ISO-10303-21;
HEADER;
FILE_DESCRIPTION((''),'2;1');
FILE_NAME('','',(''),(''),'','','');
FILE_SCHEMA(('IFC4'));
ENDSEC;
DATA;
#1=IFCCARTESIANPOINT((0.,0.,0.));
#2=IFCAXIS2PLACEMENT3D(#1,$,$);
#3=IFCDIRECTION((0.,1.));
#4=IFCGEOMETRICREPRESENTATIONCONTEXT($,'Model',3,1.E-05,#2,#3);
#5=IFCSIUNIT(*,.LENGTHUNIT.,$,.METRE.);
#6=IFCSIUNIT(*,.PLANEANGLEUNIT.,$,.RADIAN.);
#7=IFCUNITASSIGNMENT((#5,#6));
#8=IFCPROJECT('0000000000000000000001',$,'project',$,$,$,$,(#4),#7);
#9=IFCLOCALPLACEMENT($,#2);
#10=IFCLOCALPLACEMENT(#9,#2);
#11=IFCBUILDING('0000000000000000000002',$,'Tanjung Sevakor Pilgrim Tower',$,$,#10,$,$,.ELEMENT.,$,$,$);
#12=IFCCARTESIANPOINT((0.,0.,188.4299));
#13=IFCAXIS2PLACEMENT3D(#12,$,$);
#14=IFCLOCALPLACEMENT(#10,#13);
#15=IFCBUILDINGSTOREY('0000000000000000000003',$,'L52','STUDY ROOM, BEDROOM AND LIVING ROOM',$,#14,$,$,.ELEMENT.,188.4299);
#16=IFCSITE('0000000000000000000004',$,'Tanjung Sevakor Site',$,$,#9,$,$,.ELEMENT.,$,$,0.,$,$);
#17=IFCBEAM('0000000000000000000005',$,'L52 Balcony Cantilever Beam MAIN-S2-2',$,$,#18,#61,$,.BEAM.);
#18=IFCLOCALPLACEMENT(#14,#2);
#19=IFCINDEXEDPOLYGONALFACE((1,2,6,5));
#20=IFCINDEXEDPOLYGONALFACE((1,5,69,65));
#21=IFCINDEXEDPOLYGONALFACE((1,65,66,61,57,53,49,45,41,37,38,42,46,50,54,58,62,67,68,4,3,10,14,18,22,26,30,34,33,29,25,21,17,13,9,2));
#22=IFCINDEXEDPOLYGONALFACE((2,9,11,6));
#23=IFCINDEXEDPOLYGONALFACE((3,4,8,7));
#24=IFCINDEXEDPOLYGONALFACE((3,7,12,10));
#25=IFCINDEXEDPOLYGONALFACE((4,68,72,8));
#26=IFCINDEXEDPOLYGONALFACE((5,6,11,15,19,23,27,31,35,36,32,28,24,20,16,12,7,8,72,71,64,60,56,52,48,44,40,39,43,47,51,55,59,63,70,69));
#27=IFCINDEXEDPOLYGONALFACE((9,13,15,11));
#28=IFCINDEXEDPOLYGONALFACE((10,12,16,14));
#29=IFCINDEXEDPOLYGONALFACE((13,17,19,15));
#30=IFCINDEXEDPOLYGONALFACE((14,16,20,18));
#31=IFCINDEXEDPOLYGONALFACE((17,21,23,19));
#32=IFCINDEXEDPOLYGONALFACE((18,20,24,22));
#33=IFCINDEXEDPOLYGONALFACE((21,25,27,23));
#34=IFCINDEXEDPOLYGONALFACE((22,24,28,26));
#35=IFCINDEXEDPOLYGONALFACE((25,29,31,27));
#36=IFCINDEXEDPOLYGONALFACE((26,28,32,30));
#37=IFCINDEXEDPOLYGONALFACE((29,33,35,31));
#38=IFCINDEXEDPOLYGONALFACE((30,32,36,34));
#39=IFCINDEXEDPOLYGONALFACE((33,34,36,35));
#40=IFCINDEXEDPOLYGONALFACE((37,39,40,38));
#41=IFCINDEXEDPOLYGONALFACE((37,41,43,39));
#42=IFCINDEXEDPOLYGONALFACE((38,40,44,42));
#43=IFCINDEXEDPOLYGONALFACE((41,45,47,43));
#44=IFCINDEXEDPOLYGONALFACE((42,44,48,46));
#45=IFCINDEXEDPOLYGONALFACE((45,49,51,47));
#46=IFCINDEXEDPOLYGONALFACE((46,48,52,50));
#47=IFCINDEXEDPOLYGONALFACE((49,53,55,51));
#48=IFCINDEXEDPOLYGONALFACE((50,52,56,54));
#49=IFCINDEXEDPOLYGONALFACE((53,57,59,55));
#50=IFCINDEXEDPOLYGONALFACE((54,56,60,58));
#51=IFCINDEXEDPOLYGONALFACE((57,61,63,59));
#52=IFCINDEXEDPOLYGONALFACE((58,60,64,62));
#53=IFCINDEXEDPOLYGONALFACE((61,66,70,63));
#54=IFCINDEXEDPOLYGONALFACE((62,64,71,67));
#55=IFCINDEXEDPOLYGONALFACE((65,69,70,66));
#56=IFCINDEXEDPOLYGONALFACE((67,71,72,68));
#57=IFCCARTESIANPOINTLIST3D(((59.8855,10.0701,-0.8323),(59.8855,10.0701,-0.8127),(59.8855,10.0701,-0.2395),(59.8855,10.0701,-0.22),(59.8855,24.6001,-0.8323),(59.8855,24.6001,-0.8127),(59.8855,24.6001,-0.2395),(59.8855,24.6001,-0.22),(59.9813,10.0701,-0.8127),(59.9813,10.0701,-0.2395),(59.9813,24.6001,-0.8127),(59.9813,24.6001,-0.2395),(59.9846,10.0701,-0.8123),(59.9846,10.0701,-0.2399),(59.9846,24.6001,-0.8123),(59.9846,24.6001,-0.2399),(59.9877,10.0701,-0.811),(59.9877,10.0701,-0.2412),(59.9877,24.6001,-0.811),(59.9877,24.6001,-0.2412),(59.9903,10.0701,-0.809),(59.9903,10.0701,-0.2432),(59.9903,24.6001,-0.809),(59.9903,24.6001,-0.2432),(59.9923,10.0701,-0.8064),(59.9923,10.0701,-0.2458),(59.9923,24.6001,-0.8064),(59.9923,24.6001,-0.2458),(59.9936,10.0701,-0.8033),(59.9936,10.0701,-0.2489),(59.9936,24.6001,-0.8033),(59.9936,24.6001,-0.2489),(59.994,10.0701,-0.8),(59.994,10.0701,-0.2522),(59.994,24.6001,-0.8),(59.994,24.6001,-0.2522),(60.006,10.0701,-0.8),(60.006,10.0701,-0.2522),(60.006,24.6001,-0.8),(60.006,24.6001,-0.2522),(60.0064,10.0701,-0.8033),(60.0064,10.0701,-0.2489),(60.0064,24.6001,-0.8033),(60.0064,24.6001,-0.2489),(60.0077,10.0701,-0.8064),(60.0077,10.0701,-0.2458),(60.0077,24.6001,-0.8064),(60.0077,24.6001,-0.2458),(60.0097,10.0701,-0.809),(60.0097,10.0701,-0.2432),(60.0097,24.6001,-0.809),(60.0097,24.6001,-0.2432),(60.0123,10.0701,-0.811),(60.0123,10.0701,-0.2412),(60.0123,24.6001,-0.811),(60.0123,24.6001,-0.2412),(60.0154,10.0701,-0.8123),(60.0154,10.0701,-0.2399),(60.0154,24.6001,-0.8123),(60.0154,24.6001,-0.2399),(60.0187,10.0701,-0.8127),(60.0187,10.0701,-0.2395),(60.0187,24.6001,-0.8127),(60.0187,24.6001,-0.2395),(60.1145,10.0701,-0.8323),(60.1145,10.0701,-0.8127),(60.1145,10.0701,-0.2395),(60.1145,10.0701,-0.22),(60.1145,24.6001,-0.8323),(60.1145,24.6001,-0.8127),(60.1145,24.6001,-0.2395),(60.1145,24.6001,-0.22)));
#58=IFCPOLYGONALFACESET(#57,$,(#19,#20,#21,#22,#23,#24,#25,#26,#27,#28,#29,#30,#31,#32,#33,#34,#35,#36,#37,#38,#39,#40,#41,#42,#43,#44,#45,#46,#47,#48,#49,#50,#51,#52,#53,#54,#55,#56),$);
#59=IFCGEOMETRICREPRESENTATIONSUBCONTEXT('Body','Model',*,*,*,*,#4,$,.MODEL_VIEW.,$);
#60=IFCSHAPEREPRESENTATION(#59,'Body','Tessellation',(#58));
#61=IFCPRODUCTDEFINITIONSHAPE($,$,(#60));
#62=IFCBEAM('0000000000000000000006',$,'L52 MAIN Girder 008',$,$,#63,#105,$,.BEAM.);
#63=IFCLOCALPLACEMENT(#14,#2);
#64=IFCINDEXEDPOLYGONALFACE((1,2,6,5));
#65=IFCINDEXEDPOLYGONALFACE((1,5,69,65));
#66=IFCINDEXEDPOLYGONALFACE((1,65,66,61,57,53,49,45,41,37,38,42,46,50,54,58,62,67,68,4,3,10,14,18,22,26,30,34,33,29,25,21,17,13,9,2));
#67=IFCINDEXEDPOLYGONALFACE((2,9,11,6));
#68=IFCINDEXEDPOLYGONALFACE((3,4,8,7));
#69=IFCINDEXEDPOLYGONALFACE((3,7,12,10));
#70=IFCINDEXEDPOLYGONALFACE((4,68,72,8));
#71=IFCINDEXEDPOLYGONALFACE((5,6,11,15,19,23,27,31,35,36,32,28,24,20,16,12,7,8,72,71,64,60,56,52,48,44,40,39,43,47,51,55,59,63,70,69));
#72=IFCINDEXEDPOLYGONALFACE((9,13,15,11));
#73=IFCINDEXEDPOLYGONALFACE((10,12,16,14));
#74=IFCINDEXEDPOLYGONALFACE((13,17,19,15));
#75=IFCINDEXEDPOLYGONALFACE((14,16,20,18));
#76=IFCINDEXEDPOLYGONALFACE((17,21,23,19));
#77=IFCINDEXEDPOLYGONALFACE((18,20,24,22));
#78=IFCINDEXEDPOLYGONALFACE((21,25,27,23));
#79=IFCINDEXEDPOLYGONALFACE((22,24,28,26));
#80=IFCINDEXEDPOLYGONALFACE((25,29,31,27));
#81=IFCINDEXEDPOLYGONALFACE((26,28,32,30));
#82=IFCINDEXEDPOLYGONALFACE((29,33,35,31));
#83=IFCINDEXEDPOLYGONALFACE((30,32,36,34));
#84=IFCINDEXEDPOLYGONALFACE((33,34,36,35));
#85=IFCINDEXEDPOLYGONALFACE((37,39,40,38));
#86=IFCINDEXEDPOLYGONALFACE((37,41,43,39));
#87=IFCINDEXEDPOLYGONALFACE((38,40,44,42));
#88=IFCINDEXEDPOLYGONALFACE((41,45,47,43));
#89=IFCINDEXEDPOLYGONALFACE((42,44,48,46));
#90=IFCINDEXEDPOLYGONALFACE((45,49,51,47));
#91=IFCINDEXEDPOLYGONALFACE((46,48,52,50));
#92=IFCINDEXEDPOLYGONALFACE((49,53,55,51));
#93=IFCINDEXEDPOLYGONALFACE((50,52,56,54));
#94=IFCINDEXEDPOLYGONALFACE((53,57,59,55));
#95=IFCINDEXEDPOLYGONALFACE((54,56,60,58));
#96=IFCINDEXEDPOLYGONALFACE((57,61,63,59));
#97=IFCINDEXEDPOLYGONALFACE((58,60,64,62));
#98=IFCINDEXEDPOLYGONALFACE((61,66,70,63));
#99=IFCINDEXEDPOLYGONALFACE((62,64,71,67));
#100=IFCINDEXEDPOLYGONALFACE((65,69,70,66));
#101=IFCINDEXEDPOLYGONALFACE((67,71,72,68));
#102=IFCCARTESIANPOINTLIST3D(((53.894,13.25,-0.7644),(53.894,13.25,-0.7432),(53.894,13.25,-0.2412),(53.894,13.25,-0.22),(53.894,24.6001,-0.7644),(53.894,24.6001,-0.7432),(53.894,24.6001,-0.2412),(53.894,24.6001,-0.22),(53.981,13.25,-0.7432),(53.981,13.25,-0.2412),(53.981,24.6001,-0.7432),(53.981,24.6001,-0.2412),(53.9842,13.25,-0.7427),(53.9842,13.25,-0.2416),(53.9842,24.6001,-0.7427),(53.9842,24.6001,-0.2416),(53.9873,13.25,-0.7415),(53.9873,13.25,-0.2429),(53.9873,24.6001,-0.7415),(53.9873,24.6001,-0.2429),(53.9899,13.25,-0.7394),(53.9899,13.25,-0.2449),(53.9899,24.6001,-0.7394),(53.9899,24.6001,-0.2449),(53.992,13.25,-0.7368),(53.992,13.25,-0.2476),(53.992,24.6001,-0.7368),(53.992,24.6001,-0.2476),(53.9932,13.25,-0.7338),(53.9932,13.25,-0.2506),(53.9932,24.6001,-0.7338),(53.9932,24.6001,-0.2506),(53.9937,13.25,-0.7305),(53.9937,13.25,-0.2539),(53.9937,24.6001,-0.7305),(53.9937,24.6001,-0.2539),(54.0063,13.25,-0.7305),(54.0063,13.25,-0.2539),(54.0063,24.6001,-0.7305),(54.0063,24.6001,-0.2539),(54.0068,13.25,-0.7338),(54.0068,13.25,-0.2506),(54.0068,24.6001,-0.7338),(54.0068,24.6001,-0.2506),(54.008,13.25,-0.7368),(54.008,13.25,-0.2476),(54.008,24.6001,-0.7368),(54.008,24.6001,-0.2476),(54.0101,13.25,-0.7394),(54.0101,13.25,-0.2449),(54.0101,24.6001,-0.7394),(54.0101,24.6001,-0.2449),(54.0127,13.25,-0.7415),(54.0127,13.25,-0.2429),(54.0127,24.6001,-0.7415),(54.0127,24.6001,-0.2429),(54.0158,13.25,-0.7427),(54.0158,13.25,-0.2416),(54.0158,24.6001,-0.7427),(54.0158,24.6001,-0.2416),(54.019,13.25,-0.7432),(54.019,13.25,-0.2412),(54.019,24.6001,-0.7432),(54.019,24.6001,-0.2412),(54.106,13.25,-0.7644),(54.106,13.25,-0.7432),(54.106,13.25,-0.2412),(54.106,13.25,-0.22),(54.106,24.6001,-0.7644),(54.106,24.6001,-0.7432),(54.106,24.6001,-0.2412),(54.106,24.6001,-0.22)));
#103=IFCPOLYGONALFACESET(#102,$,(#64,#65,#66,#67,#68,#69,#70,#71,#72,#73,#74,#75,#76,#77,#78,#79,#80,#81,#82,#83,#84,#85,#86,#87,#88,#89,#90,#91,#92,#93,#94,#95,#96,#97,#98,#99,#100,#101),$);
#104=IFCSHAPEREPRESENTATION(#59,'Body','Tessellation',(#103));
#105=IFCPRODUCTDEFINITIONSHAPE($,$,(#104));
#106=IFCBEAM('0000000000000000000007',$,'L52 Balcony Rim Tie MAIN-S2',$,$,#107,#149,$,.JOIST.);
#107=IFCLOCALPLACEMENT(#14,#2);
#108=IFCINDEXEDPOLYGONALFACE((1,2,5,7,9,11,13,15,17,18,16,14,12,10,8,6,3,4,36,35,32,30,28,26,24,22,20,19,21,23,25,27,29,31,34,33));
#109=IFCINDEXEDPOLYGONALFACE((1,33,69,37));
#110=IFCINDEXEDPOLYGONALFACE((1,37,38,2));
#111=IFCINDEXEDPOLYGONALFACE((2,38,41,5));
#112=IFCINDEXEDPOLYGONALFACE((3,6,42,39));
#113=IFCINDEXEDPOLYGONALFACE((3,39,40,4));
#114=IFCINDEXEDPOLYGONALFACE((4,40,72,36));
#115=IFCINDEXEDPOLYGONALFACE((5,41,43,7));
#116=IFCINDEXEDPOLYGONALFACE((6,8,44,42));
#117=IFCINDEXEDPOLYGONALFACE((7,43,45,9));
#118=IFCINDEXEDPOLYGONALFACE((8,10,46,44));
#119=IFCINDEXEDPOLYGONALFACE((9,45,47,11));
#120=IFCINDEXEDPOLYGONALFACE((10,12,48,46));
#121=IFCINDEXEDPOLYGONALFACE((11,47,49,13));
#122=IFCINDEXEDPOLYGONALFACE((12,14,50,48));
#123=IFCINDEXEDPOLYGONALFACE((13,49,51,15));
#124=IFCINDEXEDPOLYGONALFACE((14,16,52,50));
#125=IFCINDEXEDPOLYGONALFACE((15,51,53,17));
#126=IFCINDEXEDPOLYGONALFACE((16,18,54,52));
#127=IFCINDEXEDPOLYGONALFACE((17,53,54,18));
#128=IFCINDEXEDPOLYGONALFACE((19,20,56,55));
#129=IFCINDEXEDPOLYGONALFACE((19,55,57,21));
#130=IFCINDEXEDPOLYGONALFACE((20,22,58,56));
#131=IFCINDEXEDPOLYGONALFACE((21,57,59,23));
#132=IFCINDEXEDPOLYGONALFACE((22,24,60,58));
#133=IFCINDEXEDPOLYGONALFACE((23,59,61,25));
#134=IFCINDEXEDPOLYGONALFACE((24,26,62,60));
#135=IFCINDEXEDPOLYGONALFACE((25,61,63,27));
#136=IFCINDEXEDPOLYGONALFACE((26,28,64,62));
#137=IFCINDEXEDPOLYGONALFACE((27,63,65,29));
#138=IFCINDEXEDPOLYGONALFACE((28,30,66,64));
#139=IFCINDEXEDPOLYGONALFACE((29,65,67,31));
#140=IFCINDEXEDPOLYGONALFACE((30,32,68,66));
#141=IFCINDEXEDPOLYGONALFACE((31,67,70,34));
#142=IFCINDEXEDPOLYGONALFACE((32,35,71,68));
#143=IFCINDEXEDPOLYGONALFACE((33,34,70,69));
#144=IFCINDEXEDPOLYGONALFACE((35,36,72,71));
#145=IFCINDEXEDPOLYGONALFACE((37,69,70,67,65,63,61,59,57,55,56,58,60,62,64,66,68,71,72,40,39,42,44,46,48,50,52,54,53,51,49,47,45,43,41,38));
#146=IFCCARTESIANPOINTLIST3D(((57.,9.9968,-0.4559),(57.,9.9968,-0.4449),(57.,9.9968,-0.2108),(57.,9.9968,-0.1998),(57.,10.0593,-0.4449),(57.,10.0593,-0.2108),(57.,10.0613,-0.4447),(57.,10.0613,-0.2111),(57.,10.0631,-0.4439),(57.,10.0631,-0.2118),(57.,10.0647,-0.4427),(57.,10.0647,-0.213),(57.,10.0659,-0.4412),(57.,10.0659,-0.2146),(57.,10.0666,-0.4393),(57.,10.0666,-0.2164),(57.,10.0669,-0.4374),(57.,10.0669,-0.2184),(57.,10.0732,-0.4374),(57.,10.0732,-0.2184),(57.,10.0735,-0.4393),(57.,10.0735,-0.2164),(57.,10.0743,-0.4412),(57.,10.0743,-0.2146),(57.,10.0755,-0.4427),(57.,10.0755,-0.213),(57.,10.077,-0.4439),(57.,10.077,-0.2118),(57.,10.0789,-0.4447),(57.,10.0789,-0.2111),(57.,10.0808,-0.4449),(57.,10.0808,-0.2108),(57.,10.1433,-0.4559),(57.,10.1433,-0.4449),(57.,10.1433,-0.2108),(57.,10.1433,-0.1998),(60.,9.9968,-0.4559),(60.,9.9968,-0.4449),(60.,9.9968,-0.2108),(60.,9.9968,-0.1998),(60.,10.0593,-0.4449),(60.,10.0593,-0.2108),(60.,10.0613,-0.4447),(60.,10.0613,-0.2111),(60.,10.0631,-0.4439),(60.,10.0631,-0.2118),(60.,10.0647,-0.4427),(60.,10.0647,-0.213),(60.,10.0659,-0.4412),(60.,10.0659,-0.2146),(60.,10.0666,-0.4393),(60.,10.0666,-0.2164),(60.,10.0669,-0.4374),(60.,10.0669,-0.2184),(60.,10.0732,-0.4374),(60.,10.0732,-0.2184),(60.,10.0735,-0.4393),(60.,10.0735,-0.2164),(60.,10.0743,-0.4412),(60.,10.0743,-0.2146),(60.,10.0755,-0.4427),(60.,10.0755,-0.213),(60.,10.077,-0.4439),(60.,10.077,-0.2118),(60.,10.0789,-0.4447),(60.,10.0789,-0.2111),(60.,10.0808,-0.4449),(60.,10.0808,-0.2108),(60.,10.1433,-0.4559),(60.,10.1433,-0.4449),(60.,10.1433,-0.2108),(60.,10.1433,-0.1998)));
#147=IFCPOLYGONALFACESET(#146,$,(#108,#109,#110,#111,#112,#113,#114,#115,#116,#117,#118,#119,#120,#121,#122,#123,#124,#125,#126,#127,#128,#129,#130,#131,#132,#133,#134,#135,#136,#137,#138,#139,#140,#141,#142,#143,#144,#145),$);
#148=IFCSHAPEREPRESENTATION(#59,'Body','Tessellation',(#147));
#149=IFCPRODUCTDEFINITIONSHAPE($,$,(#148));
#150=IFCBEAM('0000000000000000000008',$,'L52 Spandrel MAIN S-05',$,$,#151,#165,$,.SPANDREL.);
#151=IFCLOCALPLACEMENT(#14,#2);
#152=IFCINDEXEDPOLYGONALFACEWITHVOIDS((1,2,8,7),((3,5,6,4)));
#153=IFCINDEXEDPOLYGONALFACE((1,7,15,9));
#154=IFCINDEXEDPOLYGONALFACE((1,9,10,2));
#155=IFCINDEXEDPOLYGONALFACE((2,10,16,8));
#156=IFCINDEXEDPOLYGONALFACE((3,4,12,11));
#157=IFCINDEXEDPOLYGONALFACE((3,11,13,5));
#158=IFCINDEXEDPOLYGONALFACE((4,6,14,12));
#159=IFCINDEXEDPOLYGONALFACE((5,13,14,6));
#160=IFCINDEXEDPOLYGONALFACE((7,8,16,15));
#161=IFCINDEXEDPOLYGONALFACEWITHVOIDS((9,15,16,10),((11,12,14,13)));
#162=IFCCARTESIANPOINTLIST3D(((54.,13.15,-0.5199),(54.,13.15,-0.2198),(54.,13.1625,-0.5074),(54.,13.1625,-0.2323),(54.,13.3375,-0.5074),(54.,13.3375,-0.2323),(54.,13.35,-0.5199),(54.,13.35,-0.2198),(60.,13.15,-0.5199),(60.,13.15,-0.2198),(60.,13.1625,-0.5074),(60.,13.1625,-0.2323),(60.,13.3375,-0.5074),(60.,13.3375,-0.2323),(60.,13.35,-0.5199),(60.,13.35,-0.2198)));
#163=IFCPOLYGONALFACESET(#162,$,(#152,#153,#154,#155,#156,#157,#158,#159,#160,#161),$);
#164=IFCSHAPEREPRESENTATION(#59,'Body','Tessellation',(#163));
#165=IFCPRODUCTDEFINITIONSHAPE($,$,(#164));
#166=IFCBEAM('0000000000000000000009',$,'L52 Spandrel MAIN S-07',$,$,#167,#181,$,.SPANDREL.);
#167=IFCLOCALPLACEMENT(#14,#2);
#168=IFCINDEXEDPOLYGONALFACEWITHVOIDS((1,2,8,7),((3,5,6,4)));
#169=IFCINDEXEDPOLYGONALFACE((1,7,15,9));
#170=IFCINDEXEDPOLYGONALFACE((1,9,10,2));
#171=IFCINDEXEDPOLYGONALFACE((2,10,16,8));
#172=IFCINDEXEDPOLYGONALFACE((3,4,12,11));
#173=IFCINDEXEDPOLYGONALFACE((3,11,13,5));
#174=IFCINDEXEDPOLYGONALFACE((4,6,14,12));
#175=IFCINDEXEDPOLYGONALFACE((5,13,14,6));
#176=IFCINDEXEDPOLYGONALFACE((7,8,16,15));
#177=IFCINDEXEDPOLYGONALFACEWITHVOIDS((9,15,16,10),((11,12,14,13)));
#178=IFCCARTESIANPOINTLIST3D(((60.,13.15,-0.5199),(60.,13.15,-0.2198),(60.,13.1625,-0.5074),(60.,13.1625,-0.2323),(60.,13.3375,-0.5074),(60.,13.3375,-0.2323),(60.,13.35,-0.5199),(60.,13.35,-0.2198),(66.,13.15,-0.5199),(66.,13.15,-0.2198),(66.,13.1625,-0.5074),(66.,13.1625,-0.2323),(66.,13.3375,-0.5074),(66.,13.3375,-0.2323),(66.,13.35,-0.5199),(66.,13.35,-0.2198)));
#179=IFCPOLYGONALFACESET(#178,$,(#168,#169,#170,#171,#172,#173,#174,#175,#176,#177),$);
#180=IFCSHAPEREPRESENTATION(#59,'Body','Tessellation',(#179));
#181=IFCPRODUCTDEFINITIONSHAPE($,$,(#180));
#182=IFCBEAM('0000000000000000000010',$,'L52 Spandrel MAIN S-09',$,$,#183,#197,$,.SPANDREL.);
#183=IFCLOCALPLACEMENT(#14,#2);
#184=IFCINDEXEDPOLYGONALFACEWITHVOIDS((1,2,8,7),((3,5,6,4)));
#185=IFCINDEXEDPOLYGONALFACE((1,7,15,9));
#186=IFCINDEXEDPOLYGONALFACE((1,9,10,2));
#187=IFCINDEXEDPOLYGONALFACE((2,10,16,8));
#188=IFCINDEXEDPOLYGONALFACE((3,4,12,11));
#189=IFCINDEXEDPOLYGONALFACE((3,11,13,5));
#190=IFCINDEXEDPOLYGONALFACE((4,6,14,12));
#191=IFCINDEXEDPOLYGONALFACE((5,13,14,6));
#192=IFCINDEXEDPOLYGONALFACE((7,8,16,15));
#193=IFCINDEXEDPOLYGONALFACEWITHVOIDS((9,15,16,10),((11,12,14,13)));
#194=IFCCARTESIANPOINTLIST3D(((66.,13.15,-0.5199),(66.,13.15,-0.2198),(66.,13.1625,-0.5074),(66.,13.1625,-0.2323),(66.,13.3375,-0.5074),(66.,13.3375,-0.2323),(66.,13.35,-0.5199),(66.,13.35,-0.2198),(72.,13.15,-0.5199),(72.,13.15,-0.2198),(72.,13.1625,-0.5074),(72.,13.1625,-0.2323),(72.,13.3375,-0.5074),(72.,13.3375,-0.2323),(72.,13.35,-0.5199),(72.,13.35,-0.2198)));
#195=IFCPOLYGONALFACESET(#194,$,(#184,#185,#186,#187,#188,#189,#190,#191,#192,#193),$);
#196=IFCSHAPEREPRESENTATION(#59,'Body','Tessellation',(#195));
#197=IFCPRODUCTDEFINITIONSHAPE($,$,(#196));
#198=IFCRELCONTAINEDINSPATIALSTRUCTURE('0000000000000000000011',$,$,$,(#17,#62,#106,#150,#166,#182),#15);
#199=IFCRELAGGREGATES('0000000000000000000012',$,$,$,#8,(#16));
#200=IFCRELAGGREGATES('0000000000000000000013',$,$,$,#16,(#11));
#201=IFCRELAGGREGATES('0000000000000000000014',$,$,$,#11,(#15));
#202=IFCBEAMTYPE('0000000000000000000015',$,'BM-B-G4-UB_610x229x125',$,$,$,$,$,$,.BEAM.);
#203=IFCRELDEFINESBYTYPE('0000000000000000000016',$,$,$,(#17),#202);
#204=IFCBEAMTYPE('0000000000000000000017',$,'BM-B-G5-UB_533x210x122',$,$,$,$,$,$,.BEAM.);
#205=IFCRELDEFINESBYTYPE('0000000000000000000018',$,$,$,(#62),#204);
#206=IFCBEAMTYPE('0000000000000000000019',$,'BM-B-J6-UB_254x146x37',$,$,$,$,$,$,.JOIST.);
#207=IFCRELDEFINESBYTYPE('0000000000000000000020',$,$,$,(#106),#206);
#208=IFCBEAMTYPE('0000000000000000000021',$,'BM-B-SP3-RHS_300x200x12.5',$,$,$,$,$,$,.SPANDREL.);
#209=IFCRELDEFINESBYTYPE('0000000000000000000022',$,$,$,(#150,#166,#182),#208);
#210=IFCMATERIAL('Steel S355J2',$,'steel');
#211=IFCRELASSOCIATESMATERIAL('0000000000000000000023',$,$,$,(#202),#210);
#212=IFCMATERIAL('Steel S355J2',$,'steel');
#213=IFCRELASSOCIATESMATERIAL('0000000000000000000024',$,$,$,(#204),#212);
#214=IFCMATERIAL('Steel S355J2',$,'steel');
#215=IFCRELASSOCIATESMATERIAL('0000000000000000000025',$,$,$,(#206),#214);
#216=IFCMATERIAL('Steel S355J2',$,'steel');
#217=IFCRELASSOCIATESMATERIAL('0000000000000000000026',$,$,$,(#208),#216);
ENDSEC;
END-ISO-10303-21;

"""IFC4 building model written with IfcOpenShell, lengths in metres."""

from ifc_helpers import new_model, si_unit, direction, frame, origin, origin_2d, place, context, subcontext, project, spatial, hollow_rectangle, i_section, extrude, material, material_profile, profile_set, type_object, element, save


model = new_model("IFC4")

# Units and contexts
model_context = context("Model", 3, precision=1e-05, world=origin(), true_north=direction((0.0, 1.0)))
body_context = subcontext(model_context, "Body", "Model", "MODEL_VIEW")
ifc_project = project(units=[si_unit("LENGTHUNIT", "METRE"), si_unit("PLANEANGLEUNIT", "RADIAN")], contexts=[model_context])

# Site, building, storey
site_placement = place(None, origin())
site = spatial("IfcSite", under=ifc_project, at=site_placement, Name="Tanjung Sevakor Site", CompositionType="ELEMENT", RefElevation=0.0)
building_placement = place(site_placement, origin())
building = spatial("IfcBuilding", under=site, at=building_placement, Name="Tanjung Sevakor Pilgrim Tower", CompositionType="ELEMENT")
storey_placement = place(building_placement, frame((0.0, 0.0, 188.4299)))
storey = spatial("IfcBuildingStorey", under=building, at=storey_placement, Name="L52", Description="STUDY ROOM, BEDROOM AND LIVING ROOM", CompositionType="ELEMENT", Elevation=188.4299)

# Beams
ifc_material_1 = material(Name="Steel S355J2", Category="steel")
ifc_material_profile_1 = material_profile(ifc_material_1, i_section(OverallWidth=0.229, OverallDepth=0.6123, WebThickness=0.012, FlangeThickness=0.0195, FilletRadius=0.0127, at=origin_2d()))
ifc_profile_set_1 = profile_set([ifc_material_profile_1], Name="Steel S355J2")
beam_type_1 = type_object("IfcBeamType", Name="BM-B-G4-UB_610x229x125", PredefinedType="BEAM", material=ifc_profile_set_1)
beam_1_placement = place(storey_placement, frame((60.0, 24.6001, -0.5261), z_axis=(0.0, -1.0, 0.0), x_axis=(1.0, 0.0, 0.0)))
element("IfcBeam", 1, at=beam_1_placement, inside=storey, type_object=beam_type_1, Name="L52 Balcony Cantilever Beam MAIN-S2-2", PredefinedType="BEAM", context=body_context, shape_type="SweptSolid", body=[
    extrude(i_section(OverallWidth=0.229, OverallDepth=0.6123, WebThickness=0.012, FlangeThickness=0.0195, FilletRadius=0.0127, at=origin_2d()), origin(), (0.0, 0.0, 1.0), 14.53),
])
ifc_material_2 = material(Name="Steel S355J2", Category="steel")
ifc_material_profile_2 = material_profile(ifc_material_2, i_section(OverallWidth=0.2119, OverallDepth=0.5444, WebThickness=0.0127, FlangeThickness=0.0212, FilletRadius=0.0127, at=origin_2d()))
ifc_profile_set_2 = profile_set([ifc_material_profile_2], Name="Steel S355J2")
beam_type_2 = type_object("IfcBeamType", Name="BM-B-G5-UB_533x210x122", PredefinedType="BEAM", material=ifc_profile_set_2)
beam_2_placement = place(storey_placement, frame((54.0, 13.25, -0.4922), z_axis=(0.0, 1.0, 0.0), x_axis=(-1.0, 0.0, 0.0)))
element("IfcBeam", 2, at=beam_2_placement, inside=storey, type_object=beam_type_2, Name="L52 MAIN Girder 008", PredefinedType="BEAM", context=body_context, shape_type="SweptSolid", body=[
    extrude(i_section(OverallWidth=0.2119, OverallDepth=0.5444, WebThickness=0.0127, FlangeThickness=0.0212, FilletRadius=0.0127, at=origin_2d()), origin(), (0.0, 0.0, 1.0), 11.3501),
])
ifc_material_3 = material(Name="Steel S355J2", Category="steel")
ifc_material_profile_3 = material_profile(ifc_material_3, i_section(OverallWidth=0.1465, OverallDepth=0.2561, WebThickness=0.0063, FlangeThickness=0.011, FilletRadius=0.0076, at=origin_2d()))
ifc_profile_set_3 = profile_set([ifc_material_profile_3], Name="Steel S355J2")
beam_type_3 = type_object("IfcBeamType", Name="BM-B-J6-UB_254x146x37", PredefinedType="JOIST", material=ifc_profile_set_3)
beam_3_placement = place(storey_placement, frame((57.0, 10.0701, -0.3279), z_axis=(1.0, 0.0, 0.0), x_axis=(0.0, 1.0, 0.0)))
element("IfcBeam", 3, at=beam_3_placement, inside=storey, type_object=beam_type_3, Name="L52 Balcony Rim Tie MAIN-S2", PredefinedType="JOIST", context=body_context, shape_type="SweptSolid", body=[
    extrude(i_section(OverallWidth=0.1465, OverallDepth=0.2561, WebThickness=0.0063, FlangeThickness=0.011, FilletRadius=0.0076, at=origin_2d()), origin(), (0.0, 0.0, 1.0), 3.0),
])
ifc_material_4 = material(Name="Steel S355J2", Category="steel")
ifc_material_profile_4 = material_profile(ifc_material_4, hollow_rectangle(XDim=0.2, YDim=0.3, WallThickness=0.0125, at=origin_2d()))
ifc_profile_set_4 = profile_set([ifc_material_profile_4], Name="Steel S355J2")
beam_type_4 = type_object("IfcBeamType", Name="BM-B-SP3-RHS_300x200x12.5", PredefinedType="SPANDREL", material=ifc_profile_set_4)
for number, where, z_axis, x_axis, name in (
    (4, (54.0, 13.25, -0.3699), (1.0, 0.0, 0.0), (0.0, 1.0, 0.0), "L52 Spandrel MAIN S-05"),
    (5, (60.0, 13.25, -0.3699), (1.0, 0.0, 0.0), (0.0, 1.0, 0.0), "L52 Spandrel MAIN S-07"),
    (6, (66.0, 13.25, -0.3699), (1.0, 0.0, 0.0), (0.0, 1.0, 0.0), "L52 Spandrel MAIN S-09"),
):
    element("IfcBeam", number, at=place(storey_placement, frame(where, z_axis=z_axis, x_axis=x_axis)), inside=storey, type_object=beam_type_4, Name=name, PredefinedType="SPANDREL", context=body_context, shape_type="SweptSolid", body=[
        extrude(hollow_rectangle(XDim=0.2, YDim=0.3, WallThickness=0.0125, at=origin_2d()), origin(), (0.0, 0.0, 1.0), 6.0),
    ])

save(model, "model.ifc")
